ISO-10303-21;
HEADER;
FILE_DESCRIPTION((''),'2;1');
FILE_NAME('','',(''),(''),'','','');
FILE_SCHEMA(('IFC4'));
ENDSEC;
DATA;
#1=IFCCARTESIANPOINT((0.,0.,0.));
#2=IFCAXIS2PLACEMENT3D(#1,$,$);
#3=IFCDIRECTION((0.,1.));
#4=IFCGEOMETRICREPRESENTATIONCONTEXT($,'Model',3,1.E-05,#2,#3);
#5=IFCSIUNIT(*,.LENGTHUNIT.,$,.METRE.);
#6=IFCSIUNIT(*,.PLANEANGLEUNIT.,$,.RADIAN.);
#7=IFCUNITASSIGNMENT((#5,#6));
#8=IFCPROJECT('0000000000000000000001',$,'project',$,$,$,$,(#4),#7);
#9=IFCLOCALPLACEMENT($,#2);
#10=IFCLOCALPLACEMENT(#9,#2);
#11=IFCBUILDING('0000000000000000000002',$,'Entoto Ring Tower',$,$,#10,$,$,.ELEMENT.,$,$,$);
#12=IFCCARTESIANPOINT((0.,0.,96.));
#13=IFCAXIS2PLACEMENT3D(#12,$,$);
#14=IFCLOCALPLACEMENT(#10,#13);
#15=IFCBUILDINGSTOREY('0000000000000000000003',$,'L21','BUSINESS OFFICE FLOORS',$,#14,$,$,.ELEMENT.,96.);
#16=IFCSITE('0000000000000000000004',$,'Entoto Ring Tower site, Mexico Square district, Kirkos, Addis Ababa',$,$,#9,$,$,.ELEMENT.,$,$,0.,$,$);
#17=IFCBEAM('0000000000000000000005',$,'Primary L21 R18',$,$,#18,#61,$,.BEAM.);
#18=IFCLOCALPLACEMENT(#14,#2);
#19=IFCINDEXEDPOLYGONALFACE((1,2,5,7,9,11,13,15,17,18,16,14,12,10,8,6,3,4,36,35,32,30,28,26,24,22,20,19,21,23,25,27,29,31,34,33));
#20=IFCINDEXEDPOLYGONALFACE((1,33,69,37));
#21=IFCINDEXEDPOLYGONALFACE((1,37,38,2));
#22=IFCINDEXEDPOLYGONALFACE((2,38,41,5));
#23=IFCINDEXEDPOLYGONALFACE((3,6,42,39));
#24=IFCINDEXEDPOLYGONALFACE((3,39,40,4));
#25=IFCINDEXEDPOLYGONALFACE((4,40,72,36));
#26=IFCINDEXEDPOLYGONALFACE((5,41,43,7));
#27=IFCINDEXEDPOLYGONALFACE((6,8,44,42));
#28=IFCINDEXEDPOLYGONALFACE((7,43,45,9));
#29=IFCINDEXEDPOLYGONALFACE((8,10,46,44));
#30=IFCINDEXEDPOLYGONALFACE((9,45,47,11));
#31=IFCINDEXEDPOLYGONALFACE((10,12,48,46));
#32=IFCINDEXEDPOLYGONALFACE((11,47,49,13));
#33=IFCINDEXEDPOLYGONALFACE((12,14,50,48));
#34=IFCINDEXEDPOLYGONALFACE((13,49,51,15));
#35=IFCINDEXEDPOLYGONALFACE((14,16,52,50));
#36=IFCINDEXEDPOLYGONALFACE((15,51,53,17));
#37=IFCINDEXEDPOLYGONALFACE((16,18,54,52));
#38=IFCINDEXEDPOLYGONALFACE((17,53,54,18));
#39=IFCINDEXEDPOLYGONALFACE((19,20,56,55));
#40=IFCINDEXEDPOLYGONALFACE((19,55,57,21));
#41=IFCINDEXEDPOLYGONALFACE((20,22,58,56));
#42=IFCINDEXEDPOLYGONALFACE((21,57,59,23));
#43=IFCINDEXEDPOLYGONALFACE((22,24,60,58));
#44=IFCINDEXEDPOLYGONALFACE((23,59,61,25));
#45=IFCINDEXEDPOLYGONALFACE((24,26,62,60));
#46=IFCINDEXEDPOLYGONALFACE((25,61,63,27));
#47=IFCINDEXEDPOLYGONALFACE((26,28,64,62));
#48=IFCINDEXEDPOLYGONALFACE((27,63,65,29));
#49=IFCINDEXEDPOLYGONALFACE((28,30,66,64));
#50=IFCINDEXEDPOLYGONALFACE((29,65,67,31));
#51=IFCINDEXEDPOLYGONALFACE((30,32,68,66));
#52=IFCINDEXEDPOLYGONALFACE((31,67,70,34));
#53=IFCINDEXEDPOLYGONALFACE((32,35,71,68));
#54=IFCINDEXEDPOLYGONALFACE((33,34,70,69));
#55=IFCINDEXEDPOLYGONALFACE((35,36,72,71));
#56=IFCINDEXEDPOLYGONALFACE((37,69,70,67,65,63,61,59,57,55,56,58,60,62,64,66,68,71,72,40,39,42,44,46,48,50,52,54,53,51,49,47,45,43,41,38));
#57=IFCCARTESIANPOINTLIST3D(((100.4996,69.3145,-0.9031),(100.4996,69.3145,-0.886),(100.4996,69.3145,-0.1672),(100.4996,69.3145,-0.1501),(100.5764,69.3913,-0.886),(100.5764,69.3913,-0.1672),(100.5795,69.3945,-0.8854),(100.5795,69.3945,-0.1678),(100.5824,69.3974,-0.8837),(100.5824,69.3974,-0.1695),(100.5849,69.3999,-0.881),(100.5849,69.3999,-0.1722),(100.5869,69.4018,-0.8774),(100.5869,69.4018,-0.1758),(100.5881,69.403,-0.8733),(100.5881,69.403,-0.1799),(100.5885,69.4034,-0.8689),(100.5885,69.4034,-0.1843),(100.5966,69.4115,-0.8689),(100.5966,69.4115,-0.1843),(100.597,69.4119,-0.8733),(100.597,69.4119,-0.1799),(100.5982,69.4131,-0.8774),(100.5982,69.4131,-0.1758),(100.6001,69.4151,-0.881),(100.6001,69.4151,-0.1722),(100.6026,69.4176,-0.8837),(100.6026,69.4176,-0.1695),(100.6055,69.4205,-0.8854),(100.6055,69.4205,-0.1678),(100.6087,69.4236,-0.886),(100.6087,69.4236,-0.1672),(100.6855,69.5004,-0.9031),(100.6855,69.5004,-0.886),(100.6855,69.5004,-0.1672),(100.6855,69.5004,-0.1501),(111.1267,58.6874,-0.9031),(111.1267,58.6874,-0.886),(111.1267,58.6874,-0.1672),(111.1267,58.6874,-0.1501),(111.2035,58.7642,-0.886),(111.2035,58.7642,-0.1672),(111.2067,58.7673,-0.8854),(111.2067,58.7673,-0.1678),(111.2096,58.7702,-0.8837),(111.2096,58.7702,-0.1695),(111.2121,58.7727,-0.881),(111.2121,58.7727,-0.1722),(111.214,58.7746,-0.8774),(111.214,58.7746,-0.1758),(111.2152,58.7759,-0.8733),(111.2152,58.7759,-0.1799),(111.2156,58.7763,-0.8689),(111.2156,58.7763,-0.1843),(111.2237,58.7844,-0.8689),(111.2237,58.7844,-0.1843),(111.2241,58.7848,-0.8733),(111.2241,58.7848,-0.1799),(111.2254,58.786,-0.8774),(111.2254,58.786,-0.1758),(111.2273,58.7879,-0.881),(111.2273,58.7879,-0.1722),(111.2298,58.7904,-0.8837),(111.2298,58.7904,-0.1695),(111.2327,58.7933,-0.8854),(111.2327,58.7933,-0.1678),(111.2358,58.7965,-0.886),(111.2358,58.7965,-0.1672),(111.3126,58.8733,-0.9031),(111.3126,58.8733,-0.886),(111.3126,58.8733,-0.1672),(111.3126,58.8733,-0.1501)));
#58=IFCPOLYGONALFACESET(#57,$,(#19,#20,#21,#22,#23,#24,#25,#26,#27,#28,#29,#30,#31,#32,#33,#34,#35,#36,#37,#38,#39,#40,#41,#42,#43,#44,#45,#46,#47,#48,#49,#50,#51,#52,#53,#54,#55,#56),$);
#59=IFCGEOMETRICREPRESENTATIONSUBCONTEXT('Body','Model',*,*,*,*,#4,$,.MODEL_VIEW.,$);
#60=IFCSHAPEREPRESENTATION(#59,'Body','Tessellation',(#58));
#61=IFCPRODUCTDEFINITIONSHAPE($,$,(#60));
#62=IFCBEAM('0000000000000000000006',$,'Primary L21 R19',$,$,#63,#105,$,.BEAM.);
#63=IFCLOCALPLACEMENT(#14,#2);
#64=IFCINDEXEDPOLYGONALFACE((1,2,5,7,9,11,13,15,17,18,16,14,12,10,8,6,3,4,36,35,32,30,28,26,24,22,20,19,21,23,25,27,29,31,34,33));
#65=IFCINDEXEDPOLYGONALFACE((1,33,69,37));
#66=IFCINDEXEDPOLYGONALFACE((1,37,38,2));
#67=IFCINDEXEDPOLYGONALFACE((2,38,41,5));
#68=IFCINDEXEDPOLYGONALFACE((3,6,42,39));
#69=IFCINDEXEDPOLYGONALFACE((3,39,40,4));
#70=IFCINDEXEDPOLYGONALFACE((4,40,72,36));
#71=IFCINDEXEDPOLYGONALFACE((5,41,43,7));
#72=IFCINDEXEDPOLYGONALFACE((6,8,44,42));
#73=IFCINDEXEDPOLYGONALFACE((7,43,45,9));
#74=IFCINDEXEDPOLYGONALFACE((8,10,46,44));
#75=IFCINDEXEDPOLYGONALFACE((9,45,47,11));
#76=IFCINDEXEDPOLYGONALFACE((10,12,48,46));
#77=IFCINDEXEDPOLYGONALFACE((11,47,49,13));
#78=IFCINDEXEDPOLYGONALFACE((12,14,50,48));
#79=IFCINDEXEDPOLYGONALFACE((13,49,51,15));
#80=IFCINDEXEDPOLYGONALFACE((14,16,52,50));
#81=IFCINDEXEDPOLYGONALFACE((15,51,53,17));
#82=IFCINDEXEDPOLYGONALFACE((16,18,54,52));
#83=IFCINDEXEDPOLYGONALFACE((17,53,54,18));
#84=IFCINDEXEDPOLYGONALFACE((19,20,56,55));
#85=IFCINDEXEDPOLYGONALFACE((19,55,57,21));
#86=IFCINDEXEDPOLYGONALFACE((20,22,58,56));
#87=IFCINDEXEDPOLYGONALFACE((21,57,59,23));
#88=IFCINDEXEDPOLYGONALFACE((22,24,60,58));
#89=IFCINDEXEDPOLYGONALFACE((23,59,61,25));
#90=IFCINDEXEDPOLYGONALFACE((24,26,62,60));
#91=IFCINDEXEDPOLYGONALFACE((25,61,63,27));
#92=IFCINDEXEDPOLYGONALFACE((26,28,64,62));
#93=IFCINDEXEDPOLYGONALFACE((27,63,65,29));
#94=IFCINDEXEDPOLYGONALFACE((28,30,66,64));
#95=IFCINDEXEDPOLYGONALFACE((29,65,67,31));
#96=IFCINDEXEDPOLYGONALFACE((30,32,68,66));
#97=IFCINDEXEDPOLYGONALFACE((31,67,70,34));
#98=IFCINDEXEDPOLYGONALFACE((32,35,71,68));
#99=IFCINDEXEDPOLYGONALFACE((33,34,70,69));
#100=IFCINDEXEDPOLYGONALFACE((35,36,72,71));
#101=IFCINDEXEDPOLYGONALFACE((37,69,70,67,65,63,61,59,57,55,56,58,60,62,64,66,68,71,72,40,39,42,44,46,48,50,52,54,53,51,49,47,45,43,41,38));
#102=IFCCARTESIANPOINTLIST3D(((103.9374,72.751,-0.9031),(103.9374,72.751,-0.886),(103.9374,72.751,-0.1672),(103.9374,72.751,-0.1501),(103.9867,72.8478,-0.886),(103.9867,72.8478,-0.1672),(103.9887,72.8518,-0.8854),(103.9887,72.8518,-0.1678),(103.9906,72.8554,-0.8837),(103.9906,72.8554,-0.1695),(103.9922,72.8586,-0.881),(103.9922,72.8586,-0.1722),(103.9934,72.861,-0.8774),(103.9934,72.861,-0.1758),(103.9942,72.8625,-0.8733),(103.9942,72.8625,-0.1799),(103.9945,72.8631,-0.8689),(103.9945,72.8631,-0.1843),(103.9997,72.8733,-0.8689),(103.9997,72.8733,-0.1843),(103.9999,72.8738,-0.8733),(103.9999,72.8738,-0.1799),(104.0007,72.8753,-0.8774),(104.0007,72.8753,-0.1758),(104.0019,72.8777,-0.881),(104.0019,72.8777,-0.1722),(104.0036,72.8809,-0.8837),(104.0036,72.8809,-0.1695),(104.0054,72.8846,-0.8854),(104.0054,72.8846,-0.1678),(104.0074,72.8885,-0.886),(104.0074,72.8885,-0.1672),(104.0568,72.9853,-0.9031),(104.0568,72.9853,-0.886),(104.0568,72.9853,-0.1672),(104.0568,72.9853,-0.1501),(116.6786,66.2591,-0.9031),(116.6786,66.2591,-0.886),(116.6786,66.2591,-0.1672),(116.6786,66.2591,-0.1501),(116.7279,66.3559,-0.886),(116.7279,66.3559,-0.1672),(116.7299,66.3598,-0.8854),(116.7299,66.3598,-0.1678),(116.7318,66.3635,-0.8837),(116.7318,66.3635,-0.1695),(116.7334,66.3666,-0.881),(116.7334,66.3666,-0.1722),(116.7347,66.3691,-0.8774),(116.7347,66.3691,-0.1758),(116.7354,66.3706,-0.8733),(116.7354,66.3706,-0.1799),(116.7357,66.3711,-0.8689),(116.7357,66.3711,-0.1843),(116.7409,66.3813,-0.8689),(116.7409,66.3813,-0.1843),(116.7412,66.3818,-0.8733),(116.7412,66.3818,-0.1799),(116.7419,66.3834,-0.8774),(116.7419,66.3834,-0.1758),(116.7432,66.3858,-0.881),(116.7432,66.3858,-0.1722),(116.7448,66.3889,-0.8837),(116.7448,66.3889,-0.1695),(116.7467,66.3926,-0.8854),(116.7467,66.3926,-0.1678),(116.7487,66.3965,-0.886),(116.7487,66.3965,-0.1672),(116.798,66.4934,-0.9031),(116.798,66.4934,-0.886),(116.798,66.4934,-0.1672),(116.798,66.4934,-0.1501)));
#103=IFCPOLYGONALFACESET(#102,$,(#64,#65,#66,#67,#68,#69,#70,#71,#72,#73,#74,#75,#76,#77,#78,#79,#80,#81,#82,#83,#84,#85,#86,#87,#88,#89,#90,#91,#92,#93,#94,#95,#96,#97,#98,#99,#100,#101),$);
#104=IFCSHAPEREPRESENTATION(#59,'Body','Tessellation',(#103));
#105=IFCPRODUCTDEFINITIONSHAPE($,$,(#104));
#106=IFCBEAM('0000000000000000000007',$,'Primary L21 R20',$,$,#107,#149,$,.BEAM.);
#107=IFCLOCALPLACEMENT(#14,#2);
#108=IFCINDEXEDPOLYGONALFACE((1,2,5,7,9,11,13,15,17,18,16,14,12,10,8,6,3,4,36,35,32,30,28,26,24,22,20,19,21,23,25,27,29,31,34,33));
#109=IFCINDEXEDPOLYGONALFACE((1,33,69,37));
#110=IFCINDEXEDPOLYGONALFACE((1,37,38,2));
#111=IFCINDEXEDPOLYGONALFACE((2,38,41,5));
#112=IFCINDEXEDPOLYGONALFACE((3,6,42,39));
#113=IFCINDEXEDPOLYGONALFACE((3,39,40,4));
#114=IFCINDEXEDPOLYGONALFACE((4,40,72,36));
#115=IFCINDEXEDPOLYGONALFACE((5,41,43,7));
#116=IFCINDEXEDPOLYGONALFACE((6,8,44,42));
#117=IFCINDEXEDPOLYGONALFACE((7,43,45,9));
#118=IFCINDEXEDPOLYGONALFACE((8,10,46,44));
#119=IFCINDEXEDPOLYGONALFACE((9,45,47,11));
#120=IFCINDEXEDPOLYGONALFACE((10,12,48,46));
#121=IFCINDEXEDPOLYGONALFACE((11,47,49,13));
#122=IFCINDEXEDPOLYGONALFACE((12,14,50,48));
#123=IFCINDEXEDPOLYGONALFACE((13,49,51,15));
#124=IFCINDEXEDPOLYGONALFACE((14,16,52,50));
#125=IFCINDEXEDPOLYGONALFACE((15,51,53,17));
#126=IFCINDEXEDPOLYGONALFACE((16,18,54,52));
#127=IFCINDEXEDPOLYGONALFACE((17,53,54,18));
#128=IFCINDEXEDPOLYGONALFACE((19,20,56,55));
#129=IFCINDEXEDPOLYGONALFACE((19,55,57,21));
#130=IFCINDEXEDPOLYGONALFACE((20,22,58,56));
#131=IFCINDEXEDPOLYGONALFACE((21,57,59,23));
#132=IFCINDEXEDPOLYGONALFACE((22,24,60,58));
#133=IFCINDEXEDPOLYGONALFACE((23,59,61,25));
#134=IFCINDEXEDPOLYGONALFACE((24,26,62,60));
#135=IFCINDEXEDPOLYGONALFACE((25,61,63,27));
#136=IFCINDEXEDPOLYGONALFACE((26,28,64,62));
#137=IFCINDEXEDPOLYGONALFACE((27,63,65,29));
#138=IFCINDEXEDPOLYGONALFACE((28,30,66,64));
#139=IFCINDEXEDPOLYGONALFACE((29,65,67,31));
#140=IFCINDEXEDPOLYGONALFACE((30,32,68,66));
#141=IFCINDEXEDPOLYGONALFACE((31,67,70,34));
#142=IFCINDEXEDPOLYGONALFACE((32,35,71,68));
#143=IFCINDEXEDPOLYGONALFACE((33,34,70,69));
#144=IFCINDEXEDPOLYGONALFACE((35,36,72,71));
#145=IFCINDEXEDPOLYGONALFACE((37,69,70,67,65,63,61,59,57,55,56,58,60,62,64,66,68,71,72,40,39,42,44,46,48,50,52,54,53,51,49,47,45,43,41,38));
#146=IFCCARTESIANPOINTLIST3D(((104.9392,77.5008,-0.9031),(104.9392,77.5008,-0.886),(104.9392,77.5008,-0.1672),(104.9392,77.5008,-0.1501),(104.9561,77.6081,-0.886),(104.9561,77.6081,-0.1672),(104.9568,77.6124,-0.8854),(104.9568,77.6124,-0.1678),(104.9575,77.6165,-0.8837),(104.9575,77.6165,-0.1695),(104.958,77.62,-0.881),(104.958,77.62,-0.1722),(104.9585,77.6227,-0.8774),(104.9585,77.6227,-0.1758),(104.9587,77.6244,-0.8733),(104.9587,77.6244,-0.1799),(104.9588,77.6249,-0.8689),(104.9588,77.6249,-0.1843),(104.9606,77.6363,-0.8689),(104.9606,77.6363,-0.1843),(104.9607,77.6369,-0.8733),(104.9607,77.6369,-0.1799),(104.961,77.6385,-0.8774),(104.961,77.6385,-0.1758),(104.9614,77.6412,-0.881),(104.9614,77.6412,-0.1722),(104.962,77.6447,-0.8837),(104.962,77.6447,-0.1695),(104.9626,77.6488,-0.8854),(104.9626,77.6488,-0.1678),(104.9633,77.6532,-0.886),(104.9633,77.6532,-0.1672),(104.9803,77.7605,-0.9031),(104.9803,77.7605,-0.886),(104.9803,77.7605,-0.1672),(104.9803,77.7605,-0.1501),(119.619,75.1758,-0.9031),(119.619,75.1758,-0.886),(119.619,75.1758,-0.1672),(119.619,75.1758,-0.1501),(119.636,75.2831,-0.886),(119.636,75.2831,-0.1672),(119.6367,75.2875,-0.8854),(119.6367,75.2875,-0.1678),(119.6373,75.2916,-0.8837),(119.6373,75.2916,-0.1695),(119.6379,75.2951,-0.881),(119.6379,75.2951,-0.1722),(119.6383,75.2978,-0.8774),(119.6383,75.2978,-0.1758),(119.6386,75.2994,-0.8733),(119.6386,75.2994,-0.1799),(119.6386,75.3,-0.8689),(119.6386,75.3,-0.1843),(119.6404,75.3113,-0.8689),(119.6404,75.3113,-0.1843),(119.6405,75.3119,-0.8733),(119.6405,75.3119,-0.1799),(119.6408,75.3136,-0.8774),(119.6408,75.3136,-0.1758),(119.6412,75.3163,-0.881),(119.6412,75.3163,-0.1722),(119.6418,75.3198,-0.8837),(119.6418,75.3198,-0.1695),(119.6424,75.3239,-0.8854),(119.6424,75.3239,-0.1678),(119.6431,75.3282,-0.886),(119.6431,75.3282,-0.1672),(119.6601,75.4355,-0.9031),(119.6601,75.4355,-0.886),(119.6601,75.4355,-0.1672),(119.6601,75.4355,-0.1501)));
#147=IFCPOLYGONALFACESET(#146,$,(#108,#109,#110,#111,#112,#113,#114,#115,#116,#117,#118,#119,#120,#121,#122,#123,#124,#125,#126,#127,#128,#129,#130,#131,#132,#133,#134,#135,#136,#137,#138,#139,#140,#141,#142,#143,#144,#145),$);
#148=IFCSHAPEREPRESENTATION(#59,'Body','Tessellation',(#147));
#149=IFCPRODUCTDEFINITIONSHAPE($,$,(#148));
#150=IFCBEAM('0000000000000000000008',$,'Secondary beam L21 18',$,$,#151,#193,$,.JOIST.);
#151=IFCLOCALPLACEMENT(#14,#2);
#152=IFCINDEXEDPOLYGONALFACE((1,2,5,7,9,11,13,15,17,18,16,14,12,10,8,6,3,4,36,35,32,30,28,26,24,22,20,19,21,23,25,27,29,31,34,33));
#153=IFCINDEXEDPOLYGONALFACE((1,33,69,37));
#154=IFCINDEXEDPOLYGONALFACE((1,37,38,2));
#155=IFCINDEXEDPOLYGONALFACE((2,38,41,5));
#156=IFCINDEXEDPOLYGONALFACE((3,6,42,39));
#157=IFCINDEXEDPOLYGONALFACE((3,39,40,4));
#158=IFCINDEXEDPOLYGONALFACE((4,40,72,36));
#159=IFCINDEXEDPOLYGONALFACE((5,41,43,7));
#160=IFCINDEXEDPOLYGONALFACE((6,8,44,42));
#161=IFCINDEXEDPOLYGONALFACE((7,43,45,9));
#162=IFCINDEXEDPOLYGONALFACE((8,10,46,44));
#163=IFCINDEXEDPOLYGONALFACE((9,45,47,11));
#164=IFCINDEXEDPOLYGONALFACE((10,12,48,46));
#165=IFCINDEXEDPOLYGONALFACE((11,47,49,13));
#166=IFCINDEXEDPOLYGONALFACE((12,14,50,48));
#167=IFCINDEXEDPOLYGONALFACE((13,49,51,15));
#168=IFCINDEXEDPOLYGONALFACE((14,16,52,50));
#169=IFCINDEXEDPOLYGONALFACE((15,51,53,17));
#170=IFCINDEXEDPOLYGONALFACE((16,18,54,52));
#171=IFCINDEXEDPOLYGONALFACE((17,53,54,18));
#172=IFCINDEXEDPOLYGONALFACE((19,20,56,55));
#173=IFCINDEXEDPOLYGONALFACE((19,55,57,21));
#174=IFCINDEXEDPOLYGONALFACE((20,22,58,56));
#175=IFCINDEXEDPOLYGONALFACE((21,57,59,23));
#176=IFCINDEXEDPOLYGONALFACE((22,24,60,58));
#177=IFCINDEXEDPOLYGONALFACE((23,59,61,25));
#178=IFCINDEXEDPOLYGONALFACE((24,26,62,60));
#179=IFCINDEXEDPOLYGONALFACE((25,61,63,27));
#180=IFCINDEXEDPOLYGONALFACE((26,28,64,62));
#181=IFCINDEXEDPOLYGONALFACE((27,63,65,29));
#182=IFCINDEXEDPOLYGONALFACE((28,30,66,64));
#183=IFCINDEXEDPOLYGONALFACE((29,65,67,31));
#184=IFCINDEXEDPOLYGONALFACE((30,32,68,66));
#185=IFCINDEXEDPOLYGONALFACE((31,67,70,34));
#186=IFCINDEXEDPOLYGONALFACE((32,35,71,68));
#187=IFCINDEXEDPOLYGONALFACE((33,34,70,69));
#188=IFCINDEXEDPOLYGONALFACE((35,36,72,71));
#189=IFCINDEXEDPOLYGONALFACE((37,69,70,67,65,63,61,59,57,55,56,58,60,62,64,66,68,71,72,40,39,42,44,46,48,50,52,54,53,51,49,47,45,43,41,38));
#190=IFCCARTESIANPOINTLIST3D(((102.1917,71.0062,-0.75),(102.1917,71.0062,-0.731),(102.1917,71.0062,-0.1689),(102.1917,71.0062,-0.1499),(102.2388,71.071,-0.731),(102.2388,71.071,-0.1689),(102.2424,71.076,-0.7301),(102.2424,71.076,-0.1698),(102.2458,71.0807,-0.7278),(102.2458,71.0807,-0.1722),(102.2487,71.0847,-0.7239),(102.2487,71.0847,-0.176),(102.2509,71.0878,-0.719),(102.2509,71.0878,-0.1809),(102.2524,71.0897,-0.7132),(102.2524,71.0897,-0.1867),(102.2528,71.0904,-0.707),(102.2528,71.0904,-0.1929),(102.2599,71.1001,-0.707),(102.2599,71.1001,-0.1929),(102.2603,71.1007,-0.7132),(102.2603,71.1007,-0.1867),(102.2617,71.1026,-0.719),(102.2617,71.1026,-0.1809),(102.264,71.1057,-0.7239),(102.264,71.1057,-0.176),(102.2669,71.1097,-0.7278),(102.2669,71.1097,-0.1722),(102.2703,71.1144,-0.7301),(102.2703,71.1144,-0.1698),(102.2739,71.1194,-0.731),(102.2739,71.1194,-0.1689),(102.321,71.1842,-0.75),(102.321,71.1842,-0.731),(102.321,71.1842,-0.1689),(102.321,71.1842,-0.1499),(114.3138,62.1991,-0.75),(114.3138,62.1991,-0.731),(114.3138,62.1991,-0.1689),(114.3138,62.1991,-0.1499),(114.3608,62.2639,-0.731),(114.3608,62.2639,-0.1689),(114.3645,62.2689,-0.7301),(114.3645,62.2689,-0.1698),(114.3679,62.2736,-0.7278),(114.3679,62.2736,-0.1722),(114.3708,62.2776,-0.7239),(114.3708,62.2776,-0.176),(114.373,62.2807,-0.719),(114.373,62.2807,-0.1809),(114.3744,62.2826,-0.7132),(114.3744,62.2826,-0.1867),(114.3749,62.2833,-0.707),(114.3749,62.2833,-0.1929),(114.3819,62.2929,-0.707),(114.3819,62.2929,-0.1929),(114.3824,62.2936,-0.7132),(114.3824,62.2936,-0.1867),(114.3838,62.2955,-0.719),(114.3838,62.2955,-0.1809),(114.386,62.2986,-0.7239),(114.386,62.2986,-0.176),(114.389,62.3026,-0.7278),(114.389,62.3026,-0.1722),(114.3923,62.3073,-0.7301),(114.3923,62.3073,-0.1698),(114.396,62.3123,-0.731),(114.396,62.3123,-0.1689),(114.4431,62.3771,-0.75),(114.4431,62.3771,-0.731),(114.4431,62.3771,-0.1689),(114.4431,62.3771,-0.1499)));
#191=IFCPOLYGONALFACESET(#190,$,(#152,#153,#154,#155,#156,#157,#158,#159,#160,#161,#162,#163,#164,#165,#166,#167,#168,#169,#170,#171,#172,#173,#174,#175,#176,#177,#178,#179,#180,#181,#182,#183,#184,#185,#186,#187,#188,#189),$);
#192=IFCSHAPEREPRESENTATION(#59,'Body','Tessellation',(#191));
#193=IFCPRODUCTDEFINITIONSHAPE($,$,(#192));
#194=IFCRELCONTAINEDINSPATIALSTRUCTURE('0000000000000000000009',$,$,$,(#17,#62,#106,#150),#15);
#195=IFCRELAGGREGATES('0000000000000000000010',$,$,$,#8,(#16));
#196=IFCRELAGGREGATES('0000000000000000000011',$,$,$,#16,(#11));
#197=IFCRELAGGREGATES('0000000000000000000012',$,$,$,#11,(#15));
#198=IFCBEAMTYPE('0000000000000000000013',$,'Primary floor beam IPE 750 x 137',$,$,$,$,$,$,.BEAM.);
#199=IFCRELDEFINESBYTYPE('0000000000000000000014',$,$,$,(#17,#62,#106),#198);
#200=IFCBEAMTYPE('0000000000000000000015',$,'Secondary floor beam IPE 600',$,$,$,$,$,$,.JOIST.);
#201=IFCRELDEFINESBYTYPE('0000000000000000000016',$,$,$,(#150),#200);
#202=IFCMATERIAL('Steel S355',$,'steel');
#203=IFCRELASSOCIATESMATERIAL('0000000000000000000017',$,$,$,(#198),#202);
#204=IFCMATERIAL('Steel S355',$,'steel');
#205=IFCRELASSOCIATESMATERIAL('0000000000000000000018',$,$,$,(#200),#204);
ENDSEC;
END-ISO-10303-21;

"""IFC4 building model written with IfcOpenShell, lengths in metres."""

from ifc_helpers import new_model, si_unit, direction, frame, origin, origin_2d, place, context, subcontext, project, spatial, i_section, extrude, material, material_profile, profile_set, type_object, element, save


model = new_model("IFC4")

# Units and contexts
model_context = context("Model", 3, precision=1e-05, world=origin(), true_north=direction((0.0, 1.0)))
body_context = subcontext(model_context, "Body", "Model", "MODEL_VIEW")
ifc_project = project(units=[si_unit("LENGTHUNIT", "METRE"), si_unit("PLANEANGLEUNIT", "RADIAN")], contexts=[model_context])

# Site, building, storey
site_placement = place(None, origin())
site = spatial("IfcSite", under=ifc_project, at=site_placement, Name="Entoto Ring Tower site, Mexico Square district, Kirkos, Addis Ababa", CompositionType="ELEMENT", RefElevation=0.0)
building_placement = place(site_placement, origin())
building = spatial("IfcBuilding", under=site, at=building_placement, Name="Entoto Ring Tower", CompositionType="ELEMENT")
storey_placement = place(building_placement, frame((0.0, 0.0, 96.0)))
storey = spatial("IfcBuildingStorey", under=building, at=storey_placement, Name="L21", Description="BUSINESS OFFICE FLOORS", CompositionType="ELEMENT", Elevation=96.0)

# Beams
ifc_material_1 = material(Name="Steel S355", Category="steel")
ifc_material_profile_1 = material_profile(ifc_material_1, i_section(OverallWidth=0.2629, OverallDepth=0.7529, WebThickness=0.0115, FlangeThickness=0.0171, FilletRadius=0.0171, at=origin_2d()), Name="IPE 750 x 137")
ifc_profile_set_1 = profile_set([ifc_material_profile_1], Name="Steel S355")
beam_type_1 = type_object("IfcBeamType", Name="Primary floor beam IPE 750 x 137", PredefinedType="BEAM", material=ifc_profile_set_1)
beam_1_placement = place(storey_placement, frame((100.5925, 69.4075, -0.5266), z_axis=(0.707107, -0.707107, 0.0), x_axis=(0.707107, 0.707107, 0.0)))
element("IfcBeam", 1, at=beam_1_placement, inside=storey, type_object=beam_type_1, Name="Primary L21 R18", PredefinedType="BEAM", context=body_context, shape_type="SweptSolid", body=[
    extrude(i_section(OverallWidth=0.2629, OverallDepth=0.7529, WebThickness=0.0115, FlangeThickness=0.0171, FilletRadius=0.0171, at=origin_2d()), origin(), (0.0, 0.0, 1.0), 15.0291),
])
beam_2_placement = place(storey_placement, frame((103.9971, 72.8682, -0.5266), z_axis=(0.891007, -0.453989, 0.0), x_axis=(0.453989, 0.891007, 0.0)))
element("IfcBeam", 2, at=beam_2_placement, inside=storey, type_object=beam_type_1, Name="Primary L21 R19", PredefinedType="BEAM", context=body_context, shape_type="SweptSolid", body=[
    extrude(i_section(OverallWidth=0.2629, OverallDepth=0.7529, WebThickness=0.0115, FlangeThickness=0.0171, FilletRadius=0.0171, at=origin_2d()), origin(), (0.0, 0.0, 1.0), 14.2998),
])
beam_3_placement = place(storey_placement, frame((104.9597, 77.6306, -0.5266), z_axis=(0.98769, -0.156426, 0.0), x_axis=(0.156426, 0.98769, 0.0)))
element("IfcBeam", 3, at=beam_3_placement, inside=storey, type_object=beam_type_1, Name="Primary L21 R20", PredefinedType="BEAM", context=body_context, shape_type="SweptSolid", body=[
    extrude(i_section(OverallWidth=0.2629, OverallDepth=0.7529, WebThickness=0.0115, FlangeThickness=0.0171, FilletRadius=0.0171, at=origin_2d()), origin(), (0.0, 0.0, 1.0), 14.8628),
])
ifc_material_2 = material(Name="Steel S355", Category="steel")
ifc_material_profile_2 = material_profile(ifc_material_2, i_section(OverallWidth=0.22, OverallDepth=0.6001, WebThickness=0.012, FlangeThickness=0.019, FilletRadius=0.0239, at=origin_2d()), Name="IPE 600")
ifc_profile_set_2 = profile_set([ifc_material_profile_2], Name="Steel S355")
beam_type_2 = type_object("IfcBeamType", Name="Secondary floor beam IPE 600", PredefinedType="JOIST", material=ifc_profile_set_2)
beam_4_placement = place(storey_placement, frame((102.2563, 71.0952, -0.45), z_axis=(0.809019, -0.587782, 0.0), x_axis=(0.587782, 0.809019, 0.0)))
element("IfcBeam", 4, at=beam_4_placement, inside=storey, type_object=beam_type_2, Name="Secondary beam L21 18", PredefinedType="JOIST", context=body_context, shape_type="SweptSolid", body=[
    extrude(i_section(OverallWidth=0.22, OverallDepth=0.6001, WebThickness=0.012, FlangeThickness=0.019, FilletRadius=0.0239, at=origin_2d()), origin(), (0.0, 0.0, 1.0), 14.9836),
])

save(model, "model.ifc")
